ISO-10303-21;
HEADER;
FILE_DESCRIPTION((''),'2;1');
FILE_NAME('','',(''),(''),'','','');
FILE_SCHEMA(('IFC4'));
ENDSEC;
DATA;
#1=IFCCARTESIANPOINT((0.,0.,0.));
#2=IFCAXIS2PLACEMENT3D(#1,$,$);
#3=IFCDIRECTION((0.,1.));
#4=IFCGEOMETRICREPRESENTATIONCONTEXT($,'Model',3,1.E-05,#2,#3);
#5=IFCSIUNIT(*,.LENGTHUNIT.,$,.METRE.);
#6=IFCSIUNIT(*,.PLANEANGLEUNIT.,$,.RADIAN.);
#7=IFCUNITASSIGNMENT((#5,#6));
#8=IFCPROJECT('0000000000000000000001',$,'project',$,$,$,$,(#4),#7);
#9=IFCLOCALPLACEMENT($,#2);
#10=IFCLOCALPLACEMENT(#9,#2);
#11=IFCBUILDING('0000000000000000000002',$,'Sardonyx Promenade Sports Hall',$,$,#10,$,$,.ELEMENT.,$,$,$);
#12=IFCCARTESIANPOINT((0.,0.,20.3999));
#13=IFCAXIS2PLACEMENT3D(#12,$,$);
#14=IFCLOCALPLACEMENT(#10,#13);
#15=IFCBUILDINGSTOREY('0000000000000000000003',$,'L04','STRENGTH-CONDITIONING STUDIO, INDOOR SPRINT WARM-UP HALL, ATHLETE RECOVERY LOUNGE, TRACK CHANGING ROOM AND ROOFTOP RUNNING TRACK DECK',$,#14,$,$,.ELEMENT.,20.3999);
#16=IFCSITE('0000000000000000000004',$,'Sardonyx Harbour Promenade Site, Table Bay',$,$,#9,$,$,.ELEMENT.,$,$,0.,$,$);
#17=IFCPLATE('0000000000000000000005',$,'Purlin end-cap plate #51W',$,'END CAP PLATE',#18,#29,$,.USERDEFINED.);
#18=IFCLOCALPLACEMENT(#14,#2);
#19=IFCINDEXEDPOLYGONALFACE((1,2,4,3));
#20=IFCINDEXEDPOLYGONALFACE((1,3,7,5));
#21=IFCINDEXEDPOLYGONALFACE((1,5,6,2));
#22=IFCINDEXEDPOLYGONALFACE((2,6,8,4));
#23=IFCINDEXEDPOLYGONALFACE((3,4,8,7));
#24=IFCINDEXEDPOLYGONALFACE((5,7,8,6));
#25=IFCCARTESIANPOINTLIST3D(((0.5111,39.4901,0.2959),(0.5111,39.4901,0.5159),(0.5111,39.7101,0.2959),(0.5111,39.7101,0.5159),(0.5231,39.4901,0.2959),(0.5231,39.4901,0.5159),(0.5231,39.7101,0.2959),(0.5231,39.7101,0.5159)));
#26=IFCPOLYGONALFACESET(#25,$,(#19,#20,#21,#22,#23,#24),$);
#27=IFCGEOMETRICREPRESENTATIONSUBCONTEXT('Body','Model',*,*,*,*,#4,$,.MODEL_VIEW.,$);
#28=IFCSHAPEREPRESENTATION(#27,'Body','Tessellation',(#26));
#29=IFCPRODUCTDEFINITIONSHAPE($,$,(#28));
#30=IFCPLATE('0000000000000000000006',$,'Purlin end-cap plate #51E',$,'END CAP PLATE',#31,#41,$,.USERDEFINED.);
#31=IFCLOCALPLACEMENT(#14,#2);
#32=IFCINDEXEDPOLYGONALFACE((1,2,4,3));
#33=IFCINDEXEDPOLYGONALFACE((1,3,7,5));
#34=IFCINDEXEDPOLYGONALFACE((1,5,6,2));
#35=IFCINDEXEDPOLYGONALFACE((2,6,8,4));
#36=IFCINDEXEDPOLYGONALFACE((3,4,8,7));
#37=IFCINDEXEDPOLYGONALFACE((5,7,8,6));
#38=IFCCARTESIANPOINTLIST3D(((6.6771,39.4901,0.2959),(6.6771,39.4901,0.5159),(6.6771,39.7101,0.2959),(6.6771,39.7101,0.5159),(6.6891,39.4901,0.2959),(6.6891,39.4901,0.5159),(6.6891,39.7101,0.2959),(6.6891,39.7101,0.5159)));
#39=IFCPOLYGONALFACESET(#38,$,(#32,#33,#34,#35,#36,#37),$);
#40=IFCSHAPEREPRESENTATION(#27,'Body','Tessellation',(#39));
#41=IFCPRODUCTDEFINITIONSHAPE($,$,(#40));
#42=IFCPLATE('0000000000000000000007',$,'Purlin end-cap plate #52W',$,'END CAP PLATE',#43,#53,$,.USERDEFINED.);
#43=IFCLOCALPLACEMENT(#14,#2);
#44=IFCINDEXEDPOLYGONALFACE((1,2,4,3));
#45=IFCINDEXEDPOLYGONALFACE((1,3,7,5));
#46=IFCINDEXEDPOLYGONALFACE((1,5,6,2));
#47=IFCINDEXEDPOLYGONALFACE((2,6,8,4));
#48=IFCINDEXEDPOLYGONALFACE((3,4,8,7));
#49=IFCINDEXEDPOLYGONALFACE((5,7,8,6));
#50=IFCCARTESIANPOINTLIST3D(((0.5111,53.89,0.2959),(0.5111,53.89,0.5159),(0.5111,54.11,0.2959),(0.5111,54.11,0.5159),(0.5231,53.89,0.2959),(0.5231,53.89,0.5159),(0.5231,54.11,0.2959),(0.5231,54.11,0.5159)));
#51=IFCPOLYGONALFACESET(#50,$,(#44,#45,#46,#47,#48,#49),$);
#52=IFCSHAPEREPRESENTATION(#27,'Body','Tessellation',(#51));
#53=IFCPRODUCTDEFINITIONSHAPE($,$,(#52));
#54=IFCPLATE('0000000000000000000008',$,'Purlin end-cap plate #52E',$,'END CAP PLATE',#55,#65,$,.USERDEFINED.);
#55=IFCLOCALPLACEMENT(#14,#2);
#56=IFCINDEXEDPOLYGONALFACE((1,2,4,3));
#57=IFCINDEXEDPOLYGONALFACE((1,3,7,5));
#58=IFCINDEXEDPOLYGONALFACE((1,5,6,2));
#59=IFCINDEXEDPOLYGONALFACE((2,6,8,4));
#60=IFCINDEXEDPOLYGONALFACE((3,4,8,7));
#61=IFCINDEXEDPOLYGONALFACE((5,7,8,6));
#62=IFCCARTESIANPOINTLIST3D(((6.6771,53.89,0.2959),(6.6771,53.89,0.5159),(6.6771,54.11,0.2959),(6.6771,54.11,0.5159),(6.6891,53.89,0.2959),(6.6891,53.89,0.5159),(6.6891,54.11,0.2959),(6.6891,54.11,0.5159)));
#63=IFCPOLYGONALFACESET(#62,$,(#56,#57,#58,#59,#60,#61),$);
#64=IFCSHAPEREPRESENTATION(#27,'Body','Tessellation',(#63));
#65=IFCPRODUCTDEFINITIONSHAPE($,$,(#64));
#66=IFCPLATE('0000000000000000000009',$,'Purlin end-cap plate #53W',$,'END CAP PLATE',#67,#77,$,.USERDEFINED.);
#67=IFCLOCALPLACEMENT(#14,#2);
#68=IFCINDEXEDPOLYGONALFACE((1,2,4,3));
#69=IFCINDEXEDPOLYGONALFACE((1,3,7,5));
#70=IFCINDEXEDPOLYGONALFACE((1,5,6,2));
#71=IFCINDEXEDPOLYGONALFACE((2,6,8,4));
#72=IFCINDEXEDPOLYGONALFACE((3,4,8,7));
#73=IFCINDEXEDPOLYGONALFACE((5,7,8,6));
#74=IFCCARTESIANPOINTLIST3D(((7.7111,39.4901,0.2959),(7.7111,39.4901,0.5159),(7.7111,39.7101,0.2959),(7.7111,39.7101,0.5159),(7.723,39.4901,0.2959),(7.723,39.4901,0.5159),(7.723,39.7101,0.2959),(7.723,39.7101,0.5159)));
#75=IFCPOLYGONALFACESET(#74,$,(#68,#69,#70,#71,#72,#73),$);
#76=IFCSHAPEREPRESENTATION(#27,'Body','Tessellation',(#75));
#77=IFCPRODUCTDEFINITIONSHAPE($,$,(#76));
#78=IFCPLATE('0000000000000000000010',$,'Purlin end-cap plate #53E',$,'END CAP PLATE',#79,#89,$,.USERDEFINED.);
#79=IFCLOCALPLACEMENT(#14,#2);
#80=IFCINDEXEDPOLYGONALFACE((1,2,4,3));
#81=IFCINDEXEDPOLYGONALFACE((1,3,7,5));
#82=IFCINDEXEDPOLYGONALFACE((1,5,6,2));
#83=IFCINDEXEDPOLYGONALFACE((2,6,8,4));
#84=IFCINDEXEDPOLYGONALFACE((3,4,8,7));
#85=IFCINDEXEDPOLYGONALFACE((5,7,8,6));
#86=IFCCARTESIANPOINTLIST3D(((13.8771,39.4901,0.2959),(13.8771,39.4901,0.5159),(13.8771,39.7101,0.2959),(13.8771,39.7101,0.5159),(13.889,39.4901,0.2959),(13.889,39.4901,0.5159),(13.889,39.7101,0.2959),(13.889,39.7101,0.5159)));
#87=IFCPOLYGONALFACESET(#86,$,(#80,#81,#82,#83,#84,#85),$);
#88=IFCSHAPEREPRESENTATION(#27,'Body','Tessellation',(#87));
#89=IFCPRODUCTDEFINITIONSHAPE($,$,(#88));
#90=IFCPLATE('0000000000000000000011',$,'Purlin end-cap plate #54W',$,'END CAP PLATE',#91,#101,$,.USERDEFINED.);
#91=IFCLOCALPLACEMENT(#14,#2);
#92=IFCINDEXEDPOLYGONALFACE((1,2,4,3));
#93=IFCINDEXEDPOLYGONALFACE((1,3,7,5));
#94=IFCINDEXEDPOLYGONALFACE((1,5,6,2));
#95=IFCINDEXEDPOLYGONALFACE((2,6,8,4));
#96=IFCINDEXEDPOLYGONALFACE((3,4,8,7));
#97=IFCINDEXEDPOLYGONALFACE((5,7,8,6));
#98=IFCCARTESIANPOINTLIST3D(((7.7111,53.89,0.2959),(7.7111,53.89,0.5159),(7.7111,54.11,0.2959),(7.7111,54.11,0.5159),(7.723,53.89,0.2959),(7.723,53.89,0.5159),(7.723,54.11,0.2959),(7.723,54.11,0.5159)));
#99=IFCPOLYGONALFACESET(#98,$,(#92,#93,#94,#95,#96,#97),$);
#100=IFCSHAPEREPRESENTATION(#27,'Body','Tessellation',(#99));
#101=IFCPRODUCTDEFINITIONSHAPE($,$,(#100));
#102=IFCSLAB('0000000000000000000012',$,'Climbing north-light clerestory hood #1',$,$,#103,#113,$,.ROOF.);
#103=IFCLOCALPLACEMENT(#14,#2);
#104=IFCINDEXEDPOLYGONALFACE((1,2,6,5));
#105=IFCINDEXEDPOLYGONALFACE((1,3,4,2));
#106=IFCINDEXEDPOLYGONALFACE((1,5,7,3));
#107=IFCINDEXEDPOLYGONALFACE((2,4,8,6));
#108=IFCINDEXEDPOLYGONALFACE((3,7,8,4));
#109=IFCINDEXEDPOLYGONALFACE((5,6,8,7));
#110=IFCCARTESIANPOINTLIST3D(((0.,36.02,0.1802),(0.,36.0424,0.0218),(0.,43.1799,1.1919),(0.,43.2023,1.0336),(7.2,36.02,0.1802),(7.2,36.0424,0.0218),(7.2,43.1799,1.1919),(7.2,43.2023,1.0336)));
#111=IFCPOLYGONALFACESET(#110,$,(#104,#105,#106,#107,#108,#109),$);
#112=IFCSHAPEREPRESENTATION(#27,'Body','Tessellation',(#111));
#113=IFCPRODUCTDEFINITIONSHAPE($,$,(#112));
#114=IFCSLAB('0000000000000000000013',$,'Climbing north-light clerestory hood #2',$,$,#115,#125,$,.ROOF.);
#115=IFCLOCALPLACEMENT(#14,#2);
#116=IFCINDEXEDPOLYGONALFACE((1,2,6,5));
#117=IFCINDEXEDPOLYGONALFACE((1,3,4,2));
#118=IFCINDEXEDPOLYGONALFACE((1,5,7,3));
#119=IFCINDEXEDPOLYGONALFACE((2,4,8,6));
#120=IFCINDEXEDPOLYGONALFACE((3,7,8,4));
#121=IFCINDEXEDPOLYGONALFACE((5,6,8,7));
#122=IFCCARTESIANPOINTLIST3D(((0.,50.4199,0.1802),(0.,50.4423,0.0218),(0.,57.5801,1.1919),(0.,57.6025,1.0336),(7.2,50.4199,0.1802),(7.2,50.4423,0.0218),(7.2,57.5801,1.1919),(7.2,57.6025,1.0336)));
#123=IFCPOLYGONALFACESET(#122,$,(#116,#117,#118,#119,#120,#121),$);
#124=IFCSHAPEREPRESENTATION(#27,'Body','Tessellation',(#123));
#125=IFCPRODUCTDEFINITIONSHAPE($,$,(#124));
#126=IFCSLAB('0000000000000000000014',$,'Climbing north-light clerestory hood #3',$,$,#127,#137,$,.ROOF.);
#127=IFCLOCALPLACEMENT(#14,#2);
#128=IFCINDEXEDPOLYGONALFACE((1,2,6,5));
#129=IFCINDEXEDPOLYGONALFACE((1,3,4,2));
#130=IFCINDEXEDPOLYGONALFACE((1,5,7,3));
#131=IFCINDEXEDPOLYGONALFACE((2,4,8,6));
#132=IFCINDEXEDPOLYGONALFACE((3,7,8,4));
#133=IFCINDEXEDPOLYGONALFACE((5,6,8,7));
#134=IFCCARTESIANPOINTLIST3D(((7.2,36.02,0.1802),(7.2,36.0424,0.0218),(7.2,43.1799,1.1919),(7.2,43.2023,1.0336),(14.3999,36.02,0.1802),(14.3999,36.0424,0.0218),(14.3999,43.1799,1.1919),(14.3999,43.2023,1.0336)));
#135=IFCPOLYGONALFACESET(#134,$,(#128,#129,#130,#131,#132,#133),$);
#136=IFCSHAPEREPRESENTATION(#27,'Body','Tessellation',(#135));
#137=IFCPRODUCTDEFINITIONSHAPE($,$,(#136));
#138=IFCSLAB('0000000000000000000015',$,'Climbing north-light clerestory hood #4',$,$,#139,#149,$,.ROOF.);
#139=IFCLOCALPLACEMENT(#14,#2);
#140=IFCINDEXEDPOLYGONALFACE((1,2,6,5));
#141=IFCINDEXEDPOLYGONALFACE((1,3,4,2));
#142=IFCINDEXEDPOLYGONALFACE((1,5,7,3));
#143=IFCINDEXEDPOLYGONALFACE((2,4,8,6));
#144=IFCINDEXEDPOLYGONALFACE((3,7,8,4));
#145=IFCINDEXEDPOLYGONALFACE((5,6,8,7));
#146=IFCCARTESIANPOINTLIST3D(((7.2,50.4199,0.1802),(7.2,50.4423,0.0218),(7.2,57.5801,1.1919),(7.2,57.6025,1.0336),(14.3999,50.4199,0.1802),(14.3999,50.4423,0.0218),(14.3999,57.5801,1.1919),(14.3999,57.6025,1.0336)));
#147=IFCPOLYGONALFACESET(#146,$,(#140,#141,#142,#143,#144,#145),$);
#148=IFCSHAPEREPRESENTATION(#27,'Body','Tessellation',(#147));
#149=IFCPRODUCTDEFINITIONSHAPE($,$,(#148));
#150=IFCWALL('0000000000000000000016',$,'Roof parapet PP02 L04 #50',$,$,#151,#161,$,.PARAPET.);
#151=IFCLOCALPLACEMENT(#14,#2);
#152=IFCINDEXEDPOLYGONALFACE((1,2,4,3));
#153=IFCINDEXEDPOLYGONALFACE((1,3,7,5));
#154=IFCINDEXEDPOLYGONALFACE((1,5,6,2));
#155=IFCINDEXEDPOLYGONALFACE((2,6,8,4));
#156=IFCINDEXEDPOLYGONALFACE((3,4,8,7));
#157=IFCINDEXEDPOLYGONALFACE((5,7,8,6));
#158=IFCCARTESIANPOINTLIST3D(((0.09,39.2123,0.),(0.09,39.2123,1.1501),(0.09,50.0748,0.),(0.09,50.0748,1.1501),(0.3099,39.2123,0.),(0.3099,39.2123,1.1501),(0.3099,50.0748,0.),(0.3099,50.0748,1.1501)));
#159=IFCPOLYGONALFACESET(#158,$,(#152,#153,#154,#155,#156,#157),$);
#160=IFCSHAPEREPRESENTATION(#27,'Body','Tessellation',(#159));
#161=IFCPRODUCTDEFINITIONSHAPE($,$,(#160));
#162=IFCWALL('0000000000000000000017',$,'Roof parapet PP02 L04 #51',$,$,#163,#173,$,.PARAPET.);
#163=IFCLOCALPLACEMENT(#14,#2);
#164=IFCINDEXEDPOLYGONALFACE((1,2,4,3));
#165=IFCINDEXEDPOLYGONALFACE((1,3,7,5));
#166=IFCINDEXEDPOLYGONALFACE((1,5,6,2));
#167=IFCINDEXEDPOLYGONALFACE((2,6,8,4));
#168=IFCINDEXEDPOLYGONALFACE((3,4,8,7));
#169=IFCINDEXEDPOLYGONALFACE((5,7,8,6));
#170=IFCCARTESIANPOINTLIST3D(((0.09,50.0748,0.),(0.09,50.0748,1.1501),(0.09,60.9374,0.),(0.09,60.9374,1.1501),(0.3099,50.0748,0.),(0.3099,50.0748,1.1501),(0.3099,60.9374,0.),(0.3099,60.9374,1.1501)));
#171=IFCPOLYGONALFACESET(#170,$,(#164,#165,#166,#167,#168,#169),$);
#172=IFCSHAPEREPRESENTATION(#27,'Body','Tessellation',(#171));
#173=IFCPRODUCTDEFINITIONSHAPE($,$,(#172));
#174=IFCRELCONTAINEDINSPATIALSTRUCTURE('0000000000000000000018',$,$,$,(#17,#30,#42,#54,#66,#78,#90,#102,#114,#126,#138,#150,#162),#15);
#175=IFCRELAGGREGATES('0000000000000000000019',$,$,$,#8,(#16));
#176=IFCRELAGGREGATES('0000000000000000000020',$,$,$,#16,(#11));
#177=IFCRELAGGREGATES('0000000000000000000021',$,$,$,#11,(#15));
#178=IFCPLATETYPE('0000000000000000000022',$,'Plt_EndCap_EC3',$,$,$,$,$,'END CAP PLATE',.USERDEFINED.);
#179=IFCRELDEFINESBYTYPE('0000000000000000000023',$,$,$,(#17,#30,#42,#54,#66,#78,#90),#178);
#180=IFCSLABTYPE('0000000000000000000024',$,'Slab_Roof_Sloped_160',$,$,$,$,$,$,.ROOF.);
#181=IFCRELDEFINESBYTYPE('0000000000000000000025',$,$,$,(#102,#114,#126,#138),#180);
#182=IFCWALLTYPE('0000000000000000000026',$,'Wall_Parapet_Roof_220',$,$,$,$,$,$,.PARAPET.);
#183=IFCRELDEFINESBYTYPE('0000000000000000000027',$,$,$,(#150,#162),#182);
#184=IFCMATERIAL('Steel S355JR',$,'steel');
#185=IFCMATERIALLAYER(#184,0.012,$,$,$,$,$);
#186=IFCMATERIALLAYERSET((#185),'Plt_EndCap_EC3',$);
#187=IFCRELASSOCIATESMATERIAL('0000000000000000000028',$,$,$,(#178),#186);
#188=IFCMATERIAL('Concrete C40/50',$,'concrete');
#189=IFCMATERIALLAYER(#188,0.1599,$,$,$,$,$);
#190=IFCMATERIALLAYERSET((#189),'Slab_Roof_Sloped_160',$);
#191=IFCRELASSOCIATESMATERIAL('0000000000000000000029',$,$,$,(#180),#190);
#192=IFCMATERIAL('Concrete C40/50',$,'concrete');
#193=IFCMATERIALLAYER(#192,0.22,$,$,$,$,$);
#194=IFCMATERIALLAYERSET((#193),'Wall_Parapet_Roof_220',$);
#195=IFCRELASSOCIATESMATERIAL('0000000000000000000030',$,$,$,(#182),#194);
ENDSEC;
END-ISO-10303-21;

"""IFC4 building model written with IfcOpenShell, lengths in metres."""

from ifc_helpers import new_model, si_unit, direction, frame, frame_2d, origin, origin_2d, place, context, subcontext, project, spatial, polyline, rectangle, outline, extrude, material, layer, layer_set, type_object, element, save


model = new_model("IFC4")

# Units and contexts
model_context = context("Model", 3, precision=1e-05, world=origin(), true_north=direction((0.0, 1.0)))
body_context = subcontext(model_context, "Body", "Model", "MODEL_VIEW")
ifc_project = project(units=[si_unit("LENGTHUNIT", "METRE"), si_unit("PLANEANGLEUNIT", "RADIAN")], contexts=[model_context])

# Site, building, storey
site_placement = place(None, origin())
site = spatial("IfcSite", under=ifc_project, at=site_placement, Name="Sardonyx Harbour Promenade Site, Table Bay", CompositionType="ELEMENT", RefElevation=0.0)
building_placement = place(site_placement, origin())
building = spatial("IfcBuilding", under=site, at=building_placement, Name="Sardonyx Promenade Sports Hall", CompositionType="ELEMENT")
storey_placement = place(building_placement, frame((0.0, 0.0, 20.3999)))
storey = spatial("IfcBuildingStorey", under=building, at=storey_placement, Name="L04", Description="STRENGTH-CONDITIONING STUDIO, INDOOR SPRINT WARM-UP HALL, ATHLETE RECOVERY LOUNGE, TRACK CHANGING ROOM AND ROOFTOP RUNNING TRACK DECK", CompositionType="ELEMENT", Elevation=20.3999)

# Plates
ifc_material_1 = material(Name="Steel S355JR", Category="steel")
ifc_layer_1 = layer(ifc_material_1, 0.012)
ifc_layer_set_1 = layer_set([ifc_layer_1], Name="Plt_EndCap_EC3")
plate_type_1 = type_object("IfcPlateType", Name="Plt_EndCap_EC3", ElementType="END CAP PLATE", PredefinedType="USERDEFINED", material=ifc_layer_set_1)
for number, where, z_axis, x_axis, name in (
    (1, (0.5171, 39.6001, 0.2959), (0.0, 0.0, 1.0), (1.0, 0.0, 0.0), "Purlin end-cap plate #51W"),
    (2, (6.6831, 39.6001, 0.2959), (0.0, 0.0, 1.0), (1.0, 0.0, 0.0), "Purlin end-cap plate #51E"),
    (3, (0.5171, 54.0, 0.2959), (0.0, 0.0, 1.0), (1.0, 0.0, 0.0), "Purlin end-cap plate #52W"),
    (4, (6.6831, 54.0, 0.2959), (0.0, 0.0, 1.0), (1.0, 0.0, 0.0), "Purlin end-cap plate #52E"),
    (5, (7.717, 39.6001, 0.2959), (0.0, 0.0, 1.0), (1.0, 0.0, 0.0), "Purlin end-cap plate #53W"),
    (6, (13.8831, 39.6001, 0.2959), (0.0, 0.0, 1.0), (1.0, 0.0, 0.0), "Purlin end-cap plate #53E"),
    (7, (7.717, 54.0, 0.2959), (0.0, 0.0, 1.0), (1.0, 0.0, 0.0), "Purlin end-cap plate #54W"),
):
    element("IfcPlate", number, at=place(storey_placement, frame(where, z_axis=z_axis, x_axis=x_axis)), inside=storey, type_object=plate_type_1, Name=name, ObjectType="END CAP PLATE", PredefinedType="USERDEFINED", context=body_context, shape_type="SweptSolid", body=[
        extrude(rectangle(XDim=0.012, YDim=0.22, at=origin_2d()), origin(), (0.0, 0.0, 1.0), 0.22),
    ])

# Slabs
ifc_material_2 = material(Name="Concrete C40/50", Category="concrete")
ifc_layer_2 = layer(ifc_material_2, 0.1599)
ifc_layer_set_2 = layer_set([ifc_layer_2], Name="Slab_Roof_Sloped_160")
slab_type = type_object("IfcSlabType", Name="Slab_Roof_Sloped_160", PredefinedType="ROOF", material=ifc_layer_set_2)
slab_1_placement = place(storey_placement, frame((0.0, 36.02, 0.1802), z_axis=(0.0, -0.139913, 0.990164), x_axis=(1.0, 0.0, 0.0)))
element("IfcSlab", 8, at=slab_1_placement, inside=storey, type_object=slab_type, Name="Climbing north-light clerestory hood #1", PredefinedType="ROOF", context=body_context, shape_type="SweptSolid", body=[
    extrude(outline(polyline([(0.0, 0.0), (7.2, 0.0), (7.2, 7.231), (0.0, 7.231), (0.0, 0.0)])), origin(), (0.0, 0.0, -1.0), 0.1599),
])
slab_2_placement = place(storey_placement, frame((0.0, 50.4199, 0.1802), z_axis=(0.0, -0.139909, 0.990164), x_axis=(1.0, 0.0, 0.0)))
element("IfcSlab", 9, at=slab_2_placement, inside=storey, type_object=slab_type, Name="Climbing north-light clerestory hood #2", PredefinedType="ROOF", context=body_context, shape_type="SweptSolid", body=[
    extrude(outline(polyline([(0.0, 0.0), (7.2, 0.0), (7.2, 7.2313), (0.0, 7.2313), (0.0, 0.0)])), origin(), (0.0, 0.0, -1.0), 0.1599),
])
slab_3_placement = place(storey_placement, frame((7.2, 36.02, 0.1802), z_axis=(0.0, -0.139913, 0.990164), x_axis=(1.0, 0.0, 0.0)))
element("IfcSlab", 10, at=slab_3_placement, inside=storey, type_object=slab_type, Name="Climbing north-light clerestory hood #3", PredefinedType="ROOF", context=body_context, shape_type="SweptSolid", body=[
    extrude(outline(polyline([(0.0, 0.0), (7.2, 0.0), (7.2, 7.231), (0.0, 7.231), (0.0, 0.0)])), origin(), (0.0, 0.0, -1.0), 0.1599),
])
slab_4_placement = place(storey_placement, frame((7.2, 50.4199, 0.1802), z_axis=(0.0, -0.139909, 0.990164), x_axis=(1.0, 0.0, 0.0)))
element("IfcSlab", 11, at=slab_4_placement, inside=storey, type_object=slab_type, Name="Climbing north-light clerestory hood #4", PredefinedType="ROOF", context=body_context, shape_type="SweptSolid", body=[
    extrude(outline(polyline([(0.0, 0.0), (7.2, 0.0), (7.2, 7.2313), (0.0, 7.2313), (0.0, 0.0)])), origin(), (0.0, 0.0, -1.0), 0.1599),
])

# Walls
ifc_material_3 = material(Name="Concrete C40/50", Category="concrete")
ifc_layer_3 = layer(ifc_material_3, 0.22)
ifc_layer_set_3 = layer_set([ifc_layer_3], Name="Wall_Parapet_Roof_220")
wall_type = type_object("IfcWallType", Name="Wall_Parapet_Roof_220", PredefinedType="PARAPET", material=ifc_layer_set_3)
for number, where, z_axis, x_axis, name in (
    (12, (0.2, 39.2124, 0.0), (0.0, 0.0, 1.0), (0.0, 1.0, 0.0), "Roof parapet PP02 L04 #50"),
    (13, (0.2, 50.075, 0.0), (0.0, 0.0, 1.0), (0.0, 1.0, 0.0), "Roof parapet PP02 L04 #51"),
):
    element("IfcWall", number, at=place(storey_placement, frame(where, z_axis=z_axis, x_axis=x_axis)), inside=storey, type_object=wall_type, Name=name, PredefinedType="PARAPET", context=body_context, shape_type="SweptSolid", body=[
        extrude(rectangle(XDim=10.8625, YDim=0.22, at=frame_2d((5.4312, 0.0))), origin(), (0.0, 0.0, 1.0), 1.1501),
    ])

save(model, "model.ifc")
